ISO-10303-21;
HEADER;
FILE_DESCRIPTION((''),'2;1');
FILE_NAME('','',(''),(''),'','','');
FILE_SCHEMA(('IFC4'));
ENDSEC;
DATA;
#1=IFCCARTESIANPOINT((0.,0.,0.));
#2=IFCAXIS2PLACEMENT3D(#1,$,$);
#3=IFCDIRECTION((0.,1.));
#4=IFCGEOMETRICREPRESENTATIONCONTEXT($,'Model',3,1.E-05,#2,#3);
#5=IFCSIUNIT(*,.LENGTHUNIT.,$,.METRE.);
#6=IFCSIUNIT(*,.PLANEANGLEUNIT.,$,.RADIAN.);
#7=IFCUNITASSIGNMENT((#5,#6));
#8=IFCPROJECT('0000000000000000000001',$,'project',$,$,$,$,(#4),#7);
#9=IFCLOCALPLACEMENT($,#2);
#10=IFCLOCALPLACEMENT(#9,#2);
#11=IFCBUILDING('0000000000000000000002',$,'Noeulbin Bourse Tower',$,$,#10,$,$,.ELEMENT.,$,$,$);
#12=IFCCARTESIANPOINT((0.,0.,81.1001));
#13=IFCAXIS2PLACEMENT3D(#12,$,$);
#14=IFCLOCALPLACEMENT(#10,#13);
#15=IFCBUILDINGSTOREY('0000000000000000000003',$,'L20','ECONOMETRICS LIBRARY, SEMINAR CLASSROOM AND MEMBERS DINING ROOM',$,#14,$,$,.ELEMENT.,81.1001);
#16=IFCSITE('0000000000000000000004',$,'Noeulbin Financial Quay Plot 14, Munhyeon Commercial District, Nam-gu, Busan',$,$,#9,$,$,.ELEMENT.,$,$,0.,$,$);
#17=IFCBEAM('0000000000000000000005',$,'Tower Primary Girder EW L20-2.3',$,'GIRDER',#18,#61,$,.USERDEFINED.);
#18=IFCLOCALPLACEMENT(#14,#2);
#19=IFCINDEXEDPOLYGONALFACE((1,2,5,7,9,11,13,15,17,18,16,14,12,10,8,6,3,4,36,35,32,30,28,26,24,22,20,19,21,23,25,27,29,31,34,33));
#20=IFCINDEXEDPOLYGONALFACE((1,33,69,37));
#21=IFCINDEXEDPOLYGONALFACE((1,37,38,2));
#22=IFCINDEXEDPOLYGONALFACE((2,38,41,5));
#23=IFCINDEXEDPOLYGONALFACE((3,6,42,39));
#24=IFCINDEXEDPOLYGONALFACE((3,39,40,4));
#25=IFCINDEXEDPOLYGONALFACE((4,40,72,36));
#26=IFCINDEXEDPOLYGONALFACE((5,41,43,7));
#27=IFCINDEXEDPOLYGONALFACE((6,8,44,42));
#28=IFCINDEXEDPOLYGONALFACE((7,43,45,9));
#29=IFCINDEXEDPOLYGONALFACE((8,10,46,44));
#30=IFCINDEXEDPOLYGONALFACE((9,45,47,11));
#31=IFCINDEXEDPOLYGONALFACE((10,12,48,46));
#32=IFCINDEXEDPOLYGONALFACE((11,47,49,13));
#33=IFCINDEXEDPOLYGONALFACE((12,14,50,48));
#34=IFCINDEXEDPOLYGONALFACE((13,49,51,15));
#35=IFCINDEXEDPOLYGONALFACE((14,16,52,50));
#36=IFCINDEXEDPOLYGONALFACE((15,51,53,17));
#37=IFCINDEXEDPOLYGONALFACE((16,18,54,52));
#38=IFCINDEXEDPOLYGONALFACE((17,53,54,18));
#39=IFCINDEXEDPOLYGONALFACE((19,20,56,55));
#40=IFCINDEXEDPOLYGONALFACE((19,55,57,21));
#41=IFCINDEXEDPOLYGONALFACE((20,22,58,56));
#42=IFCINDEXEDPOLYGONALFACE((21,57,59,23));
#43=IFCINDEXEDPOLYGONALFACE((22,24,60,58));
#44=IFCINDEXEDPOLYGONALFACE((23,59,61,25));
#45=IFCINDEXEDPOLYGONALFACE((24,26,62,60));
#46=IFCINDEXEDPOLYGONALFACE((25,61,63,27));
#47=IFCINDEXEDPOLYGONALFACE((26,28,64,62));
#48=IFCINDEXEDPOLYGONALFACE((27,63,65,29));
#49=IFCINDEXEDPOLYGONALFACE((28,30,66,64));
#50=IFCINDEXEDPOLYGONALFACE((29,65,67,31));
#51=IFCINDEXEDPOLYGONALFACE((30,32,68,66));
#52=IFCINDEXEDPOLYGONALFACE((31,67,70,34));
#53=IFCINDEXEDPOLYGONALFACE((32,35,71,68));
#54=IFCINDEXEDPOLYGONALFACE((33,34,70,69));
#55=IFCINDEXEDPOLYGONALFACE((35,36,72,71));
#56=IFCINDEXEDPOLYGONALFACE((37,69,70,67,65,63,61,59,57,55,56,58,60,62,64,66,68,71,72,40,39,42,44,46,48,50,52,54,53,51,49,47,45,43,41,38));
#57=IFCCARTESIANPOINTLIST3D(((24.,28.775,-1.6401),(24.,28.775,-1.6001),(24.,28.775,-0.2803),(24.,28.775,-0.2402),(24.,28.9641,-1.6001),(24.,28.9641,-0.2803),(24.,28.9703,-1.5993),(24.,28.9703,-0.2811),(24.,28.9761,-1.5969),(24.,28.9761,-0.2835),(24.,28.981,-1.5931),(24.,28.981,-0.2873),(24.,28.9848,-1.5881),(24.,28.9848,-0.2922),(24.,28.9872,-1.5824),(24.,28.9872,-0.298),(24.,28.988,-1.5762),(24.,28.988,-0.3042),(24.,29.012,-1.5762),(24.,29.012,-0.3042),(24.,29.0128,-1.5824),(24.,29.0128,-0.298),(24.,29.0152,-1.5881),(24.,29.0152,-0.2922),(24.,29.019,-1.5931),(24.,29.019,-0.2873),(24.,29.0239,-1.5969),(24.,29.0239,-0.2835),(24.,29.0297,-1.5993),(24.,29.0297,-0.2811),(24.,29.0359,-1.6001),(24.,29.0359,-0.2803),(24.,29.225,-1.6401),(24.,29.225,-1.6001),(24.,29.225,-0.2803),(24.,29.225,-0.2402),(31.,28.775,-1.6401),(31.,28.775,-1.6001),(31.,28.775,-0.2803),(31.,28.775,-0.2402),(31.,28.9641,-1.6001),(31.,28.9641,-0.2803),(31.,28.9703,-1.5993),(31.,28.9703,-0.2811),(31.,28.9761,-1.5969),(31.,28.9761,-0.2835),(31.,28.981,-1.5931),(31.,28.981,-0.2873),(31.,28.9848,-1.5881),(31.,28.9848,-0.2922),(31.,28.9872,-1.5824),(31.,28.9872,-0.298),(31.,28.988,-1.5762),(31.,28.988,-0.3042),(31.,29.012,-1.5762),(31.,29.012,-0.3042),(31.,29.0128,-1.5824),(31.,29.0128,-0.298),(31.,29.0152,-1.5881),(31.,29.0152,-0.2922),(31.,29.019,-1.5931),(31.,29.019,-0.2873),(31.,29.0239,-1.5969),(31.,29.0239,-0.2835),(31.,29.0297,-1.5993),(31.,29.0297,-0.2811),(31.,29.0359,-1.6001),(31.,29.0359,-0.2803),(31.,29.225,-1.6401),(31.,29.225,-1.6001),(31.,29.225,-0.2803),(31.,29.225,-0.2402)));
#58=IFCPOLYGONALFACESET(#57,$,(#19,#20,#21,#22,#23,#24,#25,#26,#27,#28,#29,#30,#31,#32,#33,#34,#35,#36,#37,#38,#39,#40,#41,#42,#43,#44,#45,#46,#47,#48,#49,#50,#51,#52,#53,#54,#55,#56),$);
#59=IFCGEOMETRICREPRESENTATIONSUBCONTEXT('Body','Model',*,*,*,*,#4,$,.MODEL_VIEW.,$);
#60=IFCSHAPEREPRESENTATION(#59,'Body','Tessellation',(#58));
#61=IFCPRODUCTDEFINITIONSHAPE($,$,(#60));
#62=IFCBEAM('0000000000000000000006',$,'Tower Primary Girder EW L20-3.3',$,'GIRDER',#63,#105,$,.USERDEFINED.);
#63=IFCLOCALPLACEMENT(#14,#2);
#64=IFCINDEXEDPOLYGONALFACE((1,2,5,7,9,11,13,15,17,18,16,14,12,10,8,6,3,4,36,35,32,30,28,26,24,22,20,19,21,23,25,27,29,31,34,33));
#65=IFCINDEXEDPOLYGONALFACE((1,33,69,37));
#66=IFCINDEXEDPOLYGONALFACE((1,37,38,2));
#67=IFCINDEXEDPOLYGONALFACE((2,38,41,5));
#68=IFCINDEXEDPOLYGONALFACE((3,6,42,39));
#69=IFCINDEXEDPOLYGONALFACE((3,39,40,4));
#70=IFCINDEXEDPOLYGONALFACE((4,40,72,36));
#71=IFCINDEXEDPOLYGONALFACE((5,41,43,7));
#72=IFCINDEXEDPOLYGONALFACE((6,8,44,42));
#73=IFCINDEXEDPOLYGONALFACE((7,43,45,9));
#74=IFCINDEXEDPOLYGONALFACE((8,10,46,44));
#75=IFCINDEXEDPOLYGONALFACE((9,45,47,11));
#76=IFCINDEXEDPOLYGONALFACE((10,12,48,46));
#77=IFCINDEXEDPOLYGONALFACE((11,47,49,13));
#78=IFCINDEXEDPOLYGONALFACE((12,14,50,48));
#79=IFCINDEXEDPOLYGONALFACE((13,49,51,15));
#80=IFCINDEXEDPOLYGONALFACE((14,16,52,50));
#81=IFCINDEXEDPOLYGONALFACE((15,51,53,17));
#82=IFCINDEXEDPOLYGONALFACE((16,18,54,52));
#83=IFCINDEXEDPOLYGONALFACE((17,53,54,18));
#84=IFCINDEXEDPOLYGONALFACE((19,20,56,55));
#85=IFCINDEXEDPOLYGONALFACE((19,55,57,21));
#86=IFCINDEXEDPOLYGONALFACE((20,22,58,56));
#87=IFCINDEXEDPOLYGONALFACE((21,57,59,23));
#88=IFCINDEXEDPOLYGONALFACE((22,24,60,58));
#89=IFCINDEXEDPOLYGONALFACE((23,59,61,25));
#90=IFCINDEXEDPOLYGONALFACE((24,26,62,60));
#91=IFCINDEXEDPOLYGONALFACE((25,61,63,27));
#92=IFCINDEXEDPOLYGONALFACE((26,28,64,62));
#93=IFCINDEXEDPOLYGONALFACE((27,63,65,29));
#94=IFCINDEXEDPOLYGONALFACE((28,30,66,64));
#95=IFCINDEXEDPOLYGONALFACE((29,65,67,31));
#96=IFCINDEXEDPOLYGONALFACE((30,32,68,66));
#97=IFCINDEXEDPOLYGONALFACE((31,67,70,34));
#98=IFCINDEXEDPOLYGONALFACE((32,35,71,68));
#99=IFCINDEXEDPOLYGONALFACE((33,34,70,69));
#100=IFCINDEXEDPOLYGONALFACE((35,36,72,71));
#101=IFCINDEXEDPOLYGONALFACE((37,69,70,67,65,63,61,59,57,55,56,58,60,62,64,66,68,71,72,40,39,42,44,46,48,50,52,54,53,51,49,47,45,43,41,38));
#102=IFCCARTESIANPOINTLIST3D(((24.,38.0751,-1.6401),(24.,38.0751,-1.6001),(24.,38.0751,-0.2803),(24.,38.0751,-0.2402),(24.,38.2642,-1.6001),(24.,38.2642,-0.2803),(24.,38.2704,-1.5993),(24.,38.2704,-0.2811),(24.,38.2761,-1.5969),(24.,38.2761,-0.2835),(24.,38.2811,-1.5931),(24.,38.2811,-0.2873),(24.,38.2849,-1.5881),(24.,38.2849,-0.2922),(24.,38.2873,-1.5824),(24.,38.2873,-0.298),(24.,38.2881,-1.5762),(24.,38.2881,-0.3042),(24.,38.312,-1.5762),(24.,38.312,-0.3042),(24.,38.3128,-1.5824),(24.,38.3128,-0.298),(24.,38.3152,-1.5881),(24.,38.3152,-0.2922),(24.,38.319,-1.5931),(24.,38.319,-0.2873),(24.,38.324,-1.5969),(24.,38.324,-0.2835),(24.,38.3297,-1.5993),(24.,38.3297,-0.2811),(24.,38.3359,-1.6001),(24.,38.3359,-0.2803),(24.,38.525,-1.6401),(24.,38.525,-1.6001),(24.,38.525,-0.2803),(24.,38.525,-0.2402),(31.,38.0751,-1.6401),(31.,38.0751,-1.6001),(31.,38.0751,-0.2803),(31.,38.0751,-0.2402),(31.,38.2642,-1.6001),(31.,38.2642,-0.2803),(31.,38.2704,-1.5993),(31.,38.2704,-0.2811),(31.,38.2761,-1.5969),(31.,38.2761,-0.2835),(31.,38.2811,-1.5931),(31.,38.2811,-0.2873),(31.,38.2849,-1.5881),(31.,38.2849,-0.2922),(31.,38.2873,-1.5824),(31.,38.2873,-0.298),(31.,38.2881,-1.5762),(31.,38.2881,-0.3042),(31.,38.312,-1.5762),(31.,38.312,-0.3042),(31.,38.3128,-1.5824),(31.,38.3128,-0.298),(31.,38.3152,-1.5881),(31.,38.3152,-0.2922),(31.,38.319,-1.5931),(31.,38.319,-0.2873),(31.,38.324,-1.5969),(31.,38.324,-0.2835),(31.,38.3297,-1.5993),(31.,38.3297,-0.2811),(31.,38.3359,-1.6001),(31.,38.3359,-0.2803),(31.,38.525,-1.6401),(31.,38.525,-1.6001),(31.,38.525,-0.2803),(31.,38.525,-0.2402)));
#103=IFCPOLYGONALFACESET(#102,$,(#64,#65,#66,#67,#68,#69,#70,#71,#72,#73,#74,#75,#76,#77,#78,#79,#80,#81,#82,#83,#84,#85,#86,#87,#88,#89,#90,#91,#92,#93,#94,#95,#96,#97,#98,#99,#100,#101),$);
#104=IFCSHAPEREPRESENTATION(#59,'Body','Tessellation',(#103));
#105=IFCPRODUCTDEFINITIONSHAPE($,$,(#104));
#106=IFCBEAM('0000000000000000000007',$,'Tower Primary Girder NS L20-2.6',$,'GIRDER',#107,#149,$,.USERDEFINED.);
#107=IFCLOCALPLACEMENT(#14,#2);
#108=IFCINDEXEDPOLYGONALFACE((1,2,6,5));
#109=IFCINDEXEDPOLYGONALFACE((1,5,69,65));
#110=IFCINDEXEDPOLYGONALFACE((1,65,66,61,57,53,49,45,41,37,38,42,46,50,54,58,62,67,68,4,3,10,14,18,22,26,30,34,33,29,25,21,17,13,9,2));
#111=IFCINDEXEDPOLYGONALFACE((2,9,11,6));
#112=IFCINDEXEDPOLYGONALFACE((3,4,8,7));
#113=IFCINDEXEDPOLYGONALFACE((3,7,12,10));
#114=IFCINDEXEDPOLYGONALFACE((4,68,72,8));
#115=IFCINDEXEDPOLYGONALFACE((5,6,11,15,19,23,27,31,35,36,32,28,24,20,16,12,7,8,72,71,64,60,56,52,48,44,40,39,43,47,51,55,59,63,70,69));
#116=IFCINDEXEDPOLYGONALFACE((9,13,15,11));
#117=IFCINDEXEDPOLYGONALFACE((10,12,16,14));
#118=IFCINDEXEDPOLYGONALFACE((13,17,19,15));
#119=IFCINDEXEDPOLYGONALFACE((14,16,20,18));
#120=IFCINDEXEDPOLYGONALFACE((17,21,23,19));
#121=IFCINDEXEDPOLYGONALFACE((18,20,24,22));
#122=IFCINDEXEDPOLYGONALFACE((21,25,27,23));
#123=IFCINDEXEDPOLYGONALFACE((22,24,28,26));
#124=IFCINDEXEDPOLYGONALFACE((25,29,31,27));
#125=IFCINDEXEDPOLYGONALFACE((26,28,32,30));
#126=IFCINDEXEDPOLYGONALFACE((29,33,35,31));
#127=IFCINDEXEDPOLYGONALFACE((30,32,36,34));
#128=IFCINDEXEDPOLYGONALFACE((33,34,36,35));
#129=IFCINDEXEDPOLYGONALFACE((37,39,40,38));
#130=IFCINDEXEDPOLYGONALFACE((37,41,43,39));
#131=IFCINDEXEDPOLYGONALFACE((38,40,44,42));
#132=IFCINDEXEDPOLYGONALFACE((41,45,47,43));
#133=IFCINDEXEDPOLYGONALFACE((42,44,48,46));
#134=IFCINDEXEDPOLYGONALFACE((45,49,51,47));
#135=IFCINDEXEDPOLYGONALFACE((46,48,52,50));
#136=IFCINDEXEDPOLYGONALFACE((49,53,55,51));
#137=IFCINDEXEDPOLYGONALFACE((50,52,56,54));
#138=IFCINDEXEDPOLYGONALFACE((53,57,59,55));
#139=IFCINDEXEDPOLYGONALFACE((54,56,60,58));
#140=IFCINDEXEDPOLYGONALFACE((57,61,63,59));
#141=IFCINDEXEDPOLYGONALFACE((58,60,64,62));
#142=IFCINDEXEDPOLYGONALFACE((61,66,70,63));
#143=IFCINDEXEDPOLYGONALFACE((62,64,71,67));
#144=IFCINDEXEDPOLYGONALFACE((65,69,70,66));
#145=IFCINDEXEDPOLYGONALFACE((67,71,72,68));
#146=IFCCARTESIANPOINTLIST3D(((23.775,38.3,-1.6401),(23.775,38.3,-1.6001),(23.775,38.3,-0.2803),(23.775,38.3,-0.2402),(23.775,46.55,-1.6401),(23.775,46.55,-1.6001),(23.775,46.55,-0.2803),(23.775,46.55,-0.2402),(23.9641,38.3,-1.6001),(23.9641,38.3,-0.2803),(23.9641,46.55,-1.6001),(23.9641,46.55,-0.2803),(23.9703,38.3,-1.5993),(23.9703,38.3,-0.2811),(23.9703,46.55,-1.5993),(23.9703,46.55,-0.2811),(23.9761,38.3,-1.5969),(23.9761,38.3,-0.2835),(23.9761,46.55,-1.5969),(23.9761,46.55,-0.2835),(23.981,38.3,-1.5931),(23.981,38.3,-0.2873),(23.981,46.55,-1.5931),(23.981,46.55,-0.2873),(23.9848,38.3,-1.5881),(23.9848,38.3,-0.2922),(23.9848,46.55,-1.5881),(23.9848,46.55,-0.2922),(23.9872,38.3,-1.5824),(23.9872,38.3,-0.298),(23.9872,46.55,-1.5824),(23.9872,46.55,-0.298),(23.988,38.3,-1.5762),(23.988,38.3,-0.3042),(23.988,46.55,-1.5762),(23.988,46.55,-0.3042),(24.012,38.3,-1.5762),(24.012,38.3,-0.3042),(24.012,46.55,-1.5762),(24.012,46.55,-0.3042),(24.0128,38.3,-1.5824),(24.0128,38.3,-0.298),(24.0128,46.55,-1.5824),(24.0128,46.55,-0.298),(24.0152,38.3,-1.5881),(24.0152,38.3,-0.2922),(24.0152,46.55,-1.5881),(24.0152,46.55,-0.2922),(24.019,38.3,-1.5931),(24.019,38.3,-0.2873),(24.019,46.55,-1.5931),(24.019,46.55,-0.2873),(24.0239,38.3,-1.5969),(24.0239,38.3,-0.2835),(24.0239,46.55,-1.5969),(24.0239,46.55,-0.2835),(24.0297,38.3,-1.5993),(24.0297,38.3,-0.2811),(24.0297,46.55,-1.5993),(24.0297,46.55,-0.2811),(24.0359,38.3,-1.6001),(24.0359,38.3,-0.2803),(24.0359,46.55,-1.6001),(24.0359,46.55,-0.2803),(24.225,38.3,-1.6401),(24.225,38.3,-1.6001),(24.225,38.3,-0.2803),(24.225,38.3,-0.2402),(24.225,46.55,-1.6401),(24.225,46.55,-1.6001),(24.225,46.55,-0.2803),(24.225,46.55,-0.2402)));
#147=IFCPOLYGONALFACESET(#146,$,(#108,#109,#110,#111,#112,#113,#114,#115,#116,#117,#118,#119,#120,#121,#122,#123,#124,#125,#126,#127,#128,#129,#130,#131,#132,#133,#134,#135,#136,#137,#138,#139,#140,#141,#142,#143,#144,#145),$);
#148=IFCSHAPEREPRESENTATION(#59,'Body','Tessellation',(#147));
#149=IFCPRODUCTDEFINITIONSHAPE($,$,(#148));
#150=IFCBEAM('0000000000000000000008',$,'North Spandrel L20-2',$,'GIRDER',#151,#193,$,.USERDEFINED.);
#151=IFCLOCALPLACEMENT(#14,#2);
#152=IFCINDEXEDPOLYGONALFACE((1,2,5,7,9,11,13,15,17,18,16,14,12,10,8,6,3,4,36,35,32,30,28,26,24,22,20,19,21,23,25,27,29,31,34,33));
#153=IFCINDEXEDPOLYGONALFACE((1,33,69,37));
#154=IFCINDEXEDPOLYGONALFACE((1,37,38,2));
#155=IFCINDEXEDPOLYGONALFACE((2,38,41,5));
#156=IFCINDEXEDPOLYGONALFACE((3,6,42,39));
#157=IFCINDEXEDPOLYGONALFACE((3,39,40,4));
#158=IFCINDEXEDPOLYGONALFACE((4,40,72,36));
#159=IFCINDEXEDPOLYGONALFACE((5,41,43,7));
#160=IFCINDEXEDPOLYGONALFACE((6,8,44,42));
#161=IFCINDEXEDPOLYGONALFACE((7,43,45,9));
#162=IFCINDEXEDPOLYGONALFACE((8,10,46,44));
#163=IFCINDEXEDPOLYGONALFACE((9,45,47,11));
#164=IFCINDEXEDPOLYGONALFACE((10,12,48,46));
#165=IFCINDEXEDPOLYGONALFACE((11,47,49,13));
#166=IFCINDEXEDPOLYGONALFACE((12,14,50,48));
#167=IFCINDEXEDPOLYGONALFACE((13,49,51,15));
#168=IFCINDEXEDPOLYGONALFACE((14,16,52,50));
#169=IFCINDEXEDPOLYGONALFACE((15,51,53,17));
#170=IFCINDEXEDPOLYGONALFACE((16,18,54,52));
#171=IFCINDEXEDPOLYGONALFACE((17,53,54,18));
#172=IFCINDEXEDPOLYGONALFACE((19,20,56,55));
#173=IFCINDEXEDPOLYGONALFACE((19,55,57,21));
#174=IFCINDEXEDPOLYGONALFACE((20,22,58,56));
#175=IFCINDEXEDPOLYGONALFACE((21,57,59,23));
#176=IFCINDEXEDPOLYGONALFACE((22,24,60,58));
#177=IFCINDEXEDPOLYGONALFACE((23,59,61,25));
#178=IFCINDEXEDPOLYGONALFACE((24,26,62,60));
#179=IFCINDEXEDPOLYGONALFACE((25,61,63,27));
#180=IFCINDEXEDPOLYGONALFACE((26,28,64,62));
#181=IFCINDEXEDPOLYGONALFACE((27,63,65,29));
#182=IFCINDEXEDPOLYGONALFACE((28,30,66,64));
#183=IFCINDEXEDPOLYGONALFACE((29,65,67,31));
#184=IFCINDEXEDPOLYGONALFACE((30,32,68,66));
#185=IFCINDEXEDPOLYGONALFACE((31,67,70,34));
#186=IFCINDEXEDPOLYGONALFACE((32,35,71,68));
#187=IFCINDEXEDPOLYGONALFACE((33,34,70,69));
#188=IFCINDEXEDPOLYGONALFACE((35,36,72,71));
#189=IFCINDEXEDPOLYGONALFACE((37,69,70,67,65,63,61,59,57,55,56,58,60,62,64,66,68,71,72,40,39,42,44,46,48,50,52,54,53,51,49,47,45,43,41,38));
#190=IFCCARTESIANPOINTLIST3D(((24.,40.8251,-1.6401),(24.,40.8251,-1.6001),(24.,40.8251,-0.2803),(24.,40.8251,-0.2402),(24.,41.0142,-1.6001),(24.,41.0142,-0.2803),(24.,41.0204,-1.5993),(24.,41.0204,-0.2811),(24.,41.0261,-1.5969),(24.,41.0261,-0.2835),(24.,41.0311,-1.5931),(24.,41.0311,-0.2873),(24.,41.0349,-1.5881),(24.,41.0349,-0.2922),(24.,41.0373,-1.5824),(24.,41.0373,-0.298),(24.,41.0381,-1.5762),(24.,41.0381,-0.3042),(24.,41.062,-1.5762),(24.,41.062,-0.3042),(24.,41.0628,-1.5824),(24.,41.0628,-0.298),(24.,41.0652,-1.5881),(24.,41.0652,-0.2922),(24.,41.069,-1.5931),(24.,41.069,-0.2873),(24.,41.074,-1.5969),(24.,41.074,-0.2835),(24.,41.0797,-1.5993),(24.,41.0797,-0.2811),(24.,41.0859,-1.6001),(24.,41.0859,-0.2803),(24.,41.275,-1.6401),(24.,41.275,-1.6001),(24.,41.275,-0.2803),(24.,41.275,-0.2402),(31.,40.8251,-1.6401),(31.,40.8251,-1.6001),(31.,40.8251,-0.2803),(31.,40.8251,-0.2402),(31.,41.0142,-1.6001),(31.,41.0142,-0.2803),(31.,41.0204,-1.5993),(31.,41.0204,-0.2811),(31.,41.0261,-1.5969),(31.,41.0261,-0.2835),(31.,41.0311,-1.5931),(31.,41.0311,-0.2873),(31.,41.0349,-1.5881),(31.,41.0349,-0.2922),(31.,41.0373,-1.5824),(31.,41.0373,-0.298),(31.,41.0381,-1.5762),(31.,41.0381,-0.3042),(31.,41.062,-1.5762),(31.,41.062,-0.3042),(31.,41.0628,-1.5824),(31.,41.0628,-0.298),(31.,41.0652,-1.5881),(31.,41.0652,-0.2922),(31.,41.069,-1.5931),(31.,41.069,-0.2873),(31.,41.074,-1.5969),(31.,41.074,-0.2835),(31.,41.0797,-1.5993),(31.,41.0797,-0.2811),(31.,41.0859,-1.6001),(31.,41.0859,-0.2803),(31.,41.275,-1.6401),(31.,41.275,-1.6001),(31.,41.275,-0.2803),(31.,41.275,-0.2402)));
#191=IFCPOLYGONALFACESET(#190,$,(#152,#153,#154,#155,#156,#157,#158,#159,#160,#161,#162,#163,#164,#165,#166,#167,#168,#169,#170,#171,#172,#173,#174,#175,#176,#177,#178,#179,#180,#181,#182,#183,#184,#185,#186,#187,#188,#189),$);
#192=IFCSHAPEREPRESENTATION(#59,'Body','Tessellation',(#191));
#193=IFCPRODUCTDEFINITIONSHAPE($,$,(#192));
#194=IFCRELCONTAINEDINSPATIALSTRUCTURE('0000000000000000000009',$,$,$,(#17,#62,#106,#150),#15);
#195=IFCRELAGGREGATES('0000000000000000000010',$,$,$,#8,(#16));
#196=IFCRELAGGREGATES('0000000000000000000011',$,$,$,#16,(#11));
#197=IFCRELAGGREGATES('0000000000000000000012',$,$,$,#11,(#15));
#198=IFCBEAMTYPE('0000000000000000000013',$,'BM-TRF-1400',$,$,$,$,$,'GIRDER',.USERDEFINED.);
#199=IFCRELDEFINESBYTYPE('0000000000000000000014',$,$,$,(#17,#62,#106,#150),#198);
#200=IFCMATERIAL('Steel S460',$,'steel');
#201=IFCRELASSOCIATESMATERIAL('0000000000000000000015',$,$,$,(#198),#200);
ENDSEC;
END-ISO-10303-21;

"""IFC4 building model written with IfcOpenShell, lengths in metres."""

from ifc_helpers import new_model, si_unit, direction, frame, origin, origin_2d, place, context, subcontext, project, spatial, i_section, extrude, material, material_profile, profile_set, type_object, element, save


model = new_model("IFC4")

# Units and contexts
model_context = context("Model", 3, precision=1e-05, world=origin(), true_north=direction((0.0, 1.0)))
body_context = subcontext(model_context, "Body", "Model", "MODEL_VIEW")
ifc_project = project(units=[si_unit("LENGTHUNIT", "METRE"), si_unit("PLANEANGLEUNIT", "RADIAN")], contexts=[model_context])

# Site, building, storey
site_placement = place(None, origin())
site = spatial("IfcSite", under=ifc_project, at=site_placement, Name="Noeulbin Financial Quay Plot 14, Munhyeon Commercial District, Nam-gu, Busan", CompositionType="ELEMENT", RefElevation=0.0)
building_placement = place(site_placement, origin())
building = spatial("IfcBuilding", under=site, at=building_placement, Name="Noeulbin Bourse Tower", CompositionType="ELEMENT")
storey_placement = place(building_placement, frame((0.0, 0.0, 81.1001)))
storey = spatial("IfcBuildingStorey", under=building, at=storey_placement, Name="L20", Description="ECONOMETRICS LIBRARY, SEMINAR CLASSROOM AND MEMBERS DINING ROOM", CompositionType="ELEMENT", Elevation=81.1001)

# Shared definitions
ifc_material_1 = material(Name="Steel S460", Category="steel")

# Beams
ifc_material_profile_1 = material_profile(ifc_material_1, i_section(OverallWidth=0.45, OverallDepth=1.3999, WebThickness=0.0239, FlangeThickness=0.04, FilletRadius=0.0239, at=origin_2d()), Name="PG-1400x450x24x40", Category="LoadBearing")
ifc_profile_set_1 = profile_set([ifc_material_profile_1], Name="Steel S460")
beam_type_1 = type_object("IfcBeamType", Name="BM-TRF-1400", ElementType="GIRDER", PredefinedType="USERDEFINED", material=ifc_profile_set_1)
for number, where, z_axis, x_axis, name in (
    (1, (24.0, 29.0, -0.9402), (1.0, 0.0, 0.0), (0.0, 1.0, 0.0), "Tower Primary Girder EW L20-2.3"),
    (2, (24.0, 38.3, -0.9402), (1.0, 0.0, 0.0), (0.0, 1.0, 0.0), "Tower Primary Girder EW L20-3.3"),
):
    element("IfcBeam", number, at=place(storey_placement, frame(where, z_axis=z_axis, x_axis=x_axis)), inside=storey, type_object=beam_type_1, Name=name, ObjectType="GIRDER", PredefinedType="USERDEFINED", context=body_context, shape_type="SweptSolid", body=[
        extrude(i_section(OverallWidth=0.45, OverallDepth=1.3999, WebThickness=0.0239, FlangeThickness=0.04, FilletRadius=0.0239, at=origin_2d()), origin(), (0.0, 0.0, 1.0), 7.0),
    ])
beam_1_placement = place(storey_placement, frame((24.0, 38.3, -0.9402), z_axis=(0.0, 1.0, 0.0), x_axis=(-1.0, 0.0, 0.0)))
element("IfcBeam", 3, at=beam_1_placement, inside=storey, type_object=beam_type_1, Name="Tower Primary Girder NS L20-2.6", ObjectType="GIRDER", PredefinedType="USERDEFINED", context=body_context, shape_type="SweptSolid", body=[
    extrude(i_section(OverallWidth=0.45, OverallDepth=1.3999, WebThickness=0.0239, FlangeThickness=0.04, FilletRadius=0.0239, at=origin_2d()), origin(), (0.0, 0.0, 1.0), 8.25),
])
beam_2_placement = place(storey_placement, frame((24.0, 41.05, -0.9402), z_axis=(1.0, 0.0, 0.0), x_axis=(0.0, 1.0, 0.0)))
element("IfcBeam", 4, at=beam_2_placement, inside=storey, type_object=beam_type_1, Name="North Spandrel L20-2", ObjectType="GIRDER", PredefinedType="USERDEFINED", context=body_context, shape_type="SweptSolid", body=[
    extrude(i_section(OverallWidth=0.45, OverallDepth=1.3999, WebThickness=0.0239, FlangeThickness=0.04, FilletRadius=0.0239, at=origin_2d()), origin(), (0.0, 0.0, 1.0), 7.0),
])

save(model, "model.ifc")
